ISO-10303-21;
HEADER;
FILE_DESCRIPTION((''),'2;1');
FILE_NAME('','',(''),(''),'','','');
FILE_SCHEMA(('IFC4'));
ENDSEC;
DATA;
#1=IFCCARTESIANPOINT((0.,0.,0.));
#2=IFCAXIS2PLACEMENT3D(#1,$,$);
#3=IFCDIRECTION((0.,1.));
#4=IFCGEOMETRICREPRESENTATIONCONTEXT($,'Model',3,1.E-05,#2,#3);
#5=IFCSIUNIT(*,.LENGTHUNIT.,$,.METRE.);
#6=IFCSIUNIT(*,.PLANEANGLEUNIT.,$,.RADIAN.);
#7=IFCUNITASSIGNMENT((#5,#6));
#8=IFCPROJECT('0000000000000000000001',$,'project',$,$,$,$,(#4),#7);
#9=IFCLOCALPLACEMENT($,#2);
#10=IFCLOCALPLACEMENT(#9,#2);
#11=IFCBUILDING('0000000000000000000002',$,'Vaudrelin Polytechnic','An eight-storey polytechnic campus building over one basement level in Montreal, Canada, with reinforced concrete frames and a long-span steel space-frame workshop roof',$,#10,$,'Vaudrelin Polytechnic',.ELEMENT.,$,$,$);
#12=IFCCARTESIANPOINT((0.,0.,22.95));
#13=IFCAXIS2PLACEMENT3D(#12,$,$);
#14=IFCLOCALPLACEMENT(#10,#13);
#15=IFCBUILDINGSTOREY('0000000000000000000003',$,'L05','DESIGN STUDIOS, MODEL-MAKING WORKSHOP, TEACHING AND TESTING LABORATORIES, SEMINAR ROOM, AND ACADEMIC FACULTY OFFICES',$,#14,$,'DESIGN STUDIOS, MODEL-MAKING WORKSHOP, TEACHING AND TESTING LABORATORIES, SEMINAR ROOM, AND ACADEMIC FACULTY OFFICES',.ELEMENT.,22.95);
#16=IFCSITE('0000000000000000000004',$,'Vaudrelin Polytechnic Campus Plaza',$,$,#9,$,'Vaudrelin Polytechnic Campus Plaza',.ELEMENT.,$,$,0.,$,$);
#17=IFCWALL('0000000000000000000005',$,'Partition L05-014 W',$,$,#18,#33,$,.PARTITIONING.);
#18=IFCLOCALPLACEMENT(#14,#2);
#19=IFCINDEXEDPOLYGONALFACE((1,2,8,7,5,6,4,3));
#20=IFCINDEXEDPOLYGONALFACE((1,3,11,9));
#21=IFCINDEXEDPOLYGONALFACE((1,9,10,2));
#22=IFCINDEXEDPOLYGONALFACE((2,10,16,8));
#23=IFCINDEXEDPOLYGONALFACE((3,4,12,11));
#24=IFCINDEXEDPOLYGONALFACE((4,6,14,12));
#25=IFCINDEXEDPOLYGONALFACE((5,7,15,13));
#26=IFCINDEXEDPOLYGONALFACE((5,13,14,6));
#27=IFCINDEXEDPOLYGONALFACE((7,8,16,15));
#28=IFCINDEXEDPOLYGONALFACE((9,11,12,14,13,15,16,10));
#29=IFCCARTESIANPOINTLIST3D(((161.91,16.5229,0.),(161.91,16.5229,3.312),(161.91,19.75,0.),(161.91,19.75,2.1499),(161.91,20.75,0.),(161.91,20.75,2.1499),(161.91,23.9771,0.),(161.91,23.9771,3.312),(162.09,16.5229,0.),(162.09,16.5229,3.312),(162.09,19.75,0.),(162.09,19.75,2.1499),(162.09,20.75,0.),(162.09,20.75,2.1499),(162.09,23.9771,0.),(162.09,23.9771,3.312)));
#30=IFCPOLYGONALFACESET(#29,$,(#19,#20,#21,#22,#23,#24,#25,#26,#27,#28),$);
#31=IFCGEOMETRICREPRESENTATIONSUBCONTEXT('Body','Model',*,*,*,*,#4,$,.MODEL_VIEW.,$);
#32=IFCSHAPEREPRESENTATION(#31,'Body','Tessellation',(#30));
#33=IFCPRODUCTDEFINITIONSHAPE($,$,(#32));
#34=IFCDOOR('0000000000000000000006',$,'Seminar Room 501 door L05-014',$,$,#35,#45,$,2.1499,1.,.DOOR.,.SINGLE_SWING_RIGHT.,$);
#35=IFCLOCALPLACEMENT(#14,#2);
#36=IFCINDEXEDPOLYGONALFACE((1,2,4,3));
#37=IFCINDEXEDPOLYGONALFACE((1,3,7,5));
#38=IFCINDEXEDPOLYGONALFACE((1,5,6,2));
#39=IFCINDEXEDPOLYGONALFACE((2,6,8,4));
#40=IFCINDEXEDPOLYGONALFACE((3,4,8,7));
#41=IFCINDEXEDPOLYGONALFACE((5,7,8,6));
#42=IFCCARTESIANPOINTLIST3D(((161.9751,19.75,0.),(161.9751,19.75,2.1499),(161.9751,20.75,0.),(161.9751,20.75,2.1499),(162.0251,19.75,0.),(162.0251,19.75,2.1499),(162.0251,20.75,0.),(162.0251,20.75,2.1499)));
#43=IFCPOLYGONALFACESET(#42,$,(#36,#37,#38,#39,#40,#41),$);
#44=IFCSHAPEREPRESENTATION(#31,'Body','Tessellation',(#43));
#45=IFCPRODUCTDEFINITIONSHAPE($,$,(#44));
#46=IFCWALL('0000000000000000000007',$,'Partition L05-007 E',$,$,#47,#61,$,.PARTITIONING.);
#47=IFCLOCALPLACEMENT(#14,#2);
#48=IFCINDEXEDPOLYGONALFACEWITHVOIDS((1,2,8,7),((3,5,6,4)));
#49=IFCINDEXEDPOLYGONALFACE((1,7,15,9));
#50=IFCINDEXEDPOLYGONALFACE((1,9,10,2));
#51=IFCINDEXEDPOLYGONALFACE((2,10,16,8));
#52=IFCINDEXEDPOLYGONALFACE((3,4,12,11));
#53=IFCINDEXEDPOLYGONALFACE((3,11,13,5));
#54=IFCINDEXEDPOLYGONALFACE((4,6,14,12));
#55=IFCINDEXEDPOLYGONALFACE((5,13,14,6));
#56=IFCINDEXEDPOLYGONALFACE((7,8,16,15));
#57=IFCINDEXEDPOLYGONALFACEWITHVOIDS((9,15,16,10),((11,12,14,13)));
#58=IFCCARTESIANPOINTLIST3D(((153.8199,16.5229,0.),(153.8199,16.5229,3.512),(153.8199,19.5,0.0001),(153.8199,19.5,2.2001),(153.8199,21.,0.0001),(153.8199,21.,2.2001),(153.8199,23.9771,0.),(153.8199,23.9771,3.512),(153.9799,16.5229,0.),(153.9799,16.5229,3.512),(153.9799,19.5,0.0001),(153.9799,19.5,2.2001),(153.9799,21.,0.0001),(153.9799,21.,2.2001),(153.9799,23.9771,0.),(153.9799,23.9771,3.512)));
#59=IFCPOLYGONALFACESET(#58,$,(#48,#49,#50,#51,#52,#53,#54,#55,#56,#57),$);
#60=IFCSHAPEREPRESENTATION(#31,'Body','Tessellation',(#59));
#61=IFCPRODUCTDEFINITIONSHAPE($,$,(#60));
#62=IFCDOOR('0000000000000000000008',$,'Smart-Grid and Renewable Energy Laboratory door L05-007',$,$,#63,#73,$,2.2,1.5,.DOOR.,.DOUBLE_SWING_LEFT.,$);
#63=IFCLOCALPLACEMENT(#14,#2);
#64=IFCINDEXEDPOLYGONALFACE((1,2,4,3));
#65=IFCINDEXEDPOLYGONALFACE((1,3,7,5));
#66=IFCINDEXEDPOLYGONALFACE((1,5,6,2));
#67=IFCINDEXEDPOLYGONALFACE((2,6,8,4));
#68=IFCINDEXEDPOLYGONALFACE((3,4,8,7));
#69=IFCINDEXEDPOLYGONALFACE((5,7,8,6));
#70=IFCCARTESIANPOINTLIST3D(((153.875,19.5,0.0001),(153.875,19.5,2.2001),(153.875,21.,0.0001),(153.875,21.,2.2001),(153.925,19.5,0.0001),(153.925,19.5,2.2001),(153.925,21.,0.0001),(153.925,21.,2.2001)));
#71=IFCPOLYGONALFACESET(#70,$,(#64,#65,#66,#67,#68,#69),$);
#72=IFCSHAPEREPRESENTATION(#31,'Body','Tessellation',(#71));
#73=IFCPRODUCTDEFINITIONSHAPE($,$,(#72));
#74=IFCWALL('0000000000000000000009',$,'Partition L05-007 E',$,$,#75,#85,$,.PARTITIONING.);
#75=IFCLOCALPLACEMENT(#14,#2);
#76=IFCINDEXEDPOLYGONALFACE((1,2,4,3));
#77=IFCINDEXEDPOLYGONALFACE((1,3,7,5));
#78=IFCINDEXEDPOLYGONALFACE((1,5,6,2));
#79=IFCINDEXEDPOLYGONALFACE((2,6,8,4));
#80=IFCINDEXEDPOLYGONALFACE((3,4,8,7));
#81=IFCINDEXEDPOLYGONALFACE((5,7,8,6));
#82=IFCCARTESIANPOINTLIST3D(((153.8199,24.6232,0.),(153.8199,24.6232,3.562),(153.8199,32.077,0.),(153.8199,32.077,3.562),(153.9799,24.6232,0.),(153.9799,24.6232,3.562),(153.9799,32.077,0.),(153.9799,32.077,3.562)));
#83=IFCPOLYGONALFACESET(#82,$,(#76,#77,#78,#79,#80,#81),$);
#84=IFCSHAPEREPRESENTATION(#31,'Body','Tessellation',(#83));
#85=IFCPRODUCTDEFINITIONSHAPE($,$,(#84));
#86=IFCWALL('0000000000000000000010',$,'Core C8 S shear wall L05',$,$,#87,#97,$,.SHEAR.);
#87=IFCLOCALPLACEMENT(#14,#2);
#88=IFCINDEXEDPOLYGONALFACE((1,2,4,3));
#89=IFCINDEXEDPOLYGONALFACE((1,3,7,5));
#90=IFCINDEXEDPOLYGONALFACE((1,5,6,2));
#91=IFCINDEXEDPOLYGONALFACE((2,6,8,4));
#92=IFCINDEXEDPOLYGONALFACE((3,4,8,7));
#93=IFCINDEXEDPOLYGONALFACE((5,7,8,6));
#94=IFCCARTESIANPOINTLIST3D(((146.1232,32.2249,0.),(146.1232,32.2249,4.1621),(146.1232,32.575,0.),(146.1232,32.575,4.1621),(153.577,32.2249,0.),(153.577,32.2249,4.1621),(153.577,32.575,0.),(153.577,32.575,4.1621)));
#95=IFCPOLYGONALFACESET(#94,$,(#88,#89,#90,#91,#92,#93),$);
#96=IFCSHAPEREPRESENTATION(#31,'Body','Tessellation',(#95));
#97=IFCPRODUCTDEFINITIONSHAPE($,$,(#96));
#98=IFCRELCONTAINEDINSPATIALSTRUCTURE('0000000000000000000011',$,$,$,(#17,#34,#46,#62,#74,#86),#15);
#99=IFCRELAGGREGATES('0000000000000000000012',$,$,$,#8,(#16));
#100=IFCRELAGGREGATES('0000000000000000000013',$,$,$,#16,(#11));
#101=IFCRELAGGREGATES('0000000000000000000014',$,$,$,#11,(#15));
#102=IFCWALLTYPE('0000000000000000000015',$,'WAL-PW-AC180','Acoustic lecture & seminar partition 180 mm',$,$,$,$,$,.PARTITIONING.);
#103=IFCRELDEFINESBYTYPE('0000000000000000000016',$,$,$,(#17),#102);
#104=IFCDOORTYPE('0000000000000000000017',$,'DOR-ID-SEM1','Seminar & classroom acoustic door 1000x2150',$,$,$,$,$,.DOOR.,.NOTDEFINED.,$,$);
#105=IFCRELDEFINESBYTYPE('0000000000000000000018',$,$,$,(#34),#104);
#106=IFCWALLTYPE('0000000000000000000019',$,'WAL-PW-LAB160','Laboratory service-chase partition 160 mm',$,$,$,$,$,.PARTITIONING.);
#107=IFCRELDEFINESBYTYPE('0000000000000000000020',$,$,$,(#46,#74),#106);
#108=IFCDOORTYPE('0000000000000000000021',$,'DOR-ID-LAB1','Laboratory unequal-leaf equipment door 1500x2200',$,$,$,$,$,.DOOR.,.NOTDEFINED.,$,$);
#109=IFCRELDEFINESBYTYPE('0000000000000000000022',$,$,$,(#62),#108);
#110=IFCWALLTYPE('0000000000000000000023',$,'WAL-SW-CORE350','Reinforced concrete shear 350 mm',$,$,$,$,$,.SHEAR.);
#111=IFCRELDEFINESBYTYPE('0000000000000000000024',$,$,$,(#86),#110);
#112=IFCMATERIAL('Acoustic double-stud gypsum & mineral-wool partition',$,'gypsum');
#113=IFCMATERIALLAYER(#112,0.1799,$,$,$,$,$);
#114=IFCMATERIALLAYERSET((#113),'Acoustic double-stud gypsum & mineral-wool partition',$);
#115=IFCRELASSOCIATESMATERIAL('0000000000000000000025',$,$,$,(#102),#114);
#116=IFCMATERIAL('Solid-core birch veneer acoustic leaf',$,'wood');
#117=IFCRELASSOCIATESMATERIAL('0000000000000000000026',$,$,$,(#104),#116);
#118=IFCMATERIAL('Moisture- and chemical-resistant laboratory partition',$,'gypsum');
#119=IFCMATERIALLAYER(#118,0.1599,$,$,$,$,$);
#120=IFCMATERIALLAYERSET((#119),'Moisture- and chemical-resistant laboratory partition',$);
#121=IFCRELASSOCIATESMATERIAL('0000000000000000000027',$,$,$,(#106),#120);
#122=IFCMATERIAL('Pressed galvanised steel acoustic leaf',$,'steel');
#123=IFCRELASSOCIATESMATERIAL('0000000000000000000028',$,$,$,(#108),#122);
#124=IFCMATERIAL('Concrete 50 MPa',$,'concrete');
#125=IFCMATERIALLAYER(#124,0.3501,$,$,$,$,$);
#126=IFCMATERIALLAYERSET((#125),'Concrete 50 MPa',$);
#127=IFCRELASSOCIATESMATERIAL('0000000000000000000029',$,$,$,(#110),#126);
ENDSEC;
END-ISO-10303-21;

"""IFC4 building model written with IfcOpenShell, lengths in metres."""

from ifc_helpers import new_model, si_unit, direction, frame, frame_2d, origin, place, context, subcontext, project, spatial, rectangle, extrude, material, layer, layer_set, type_object, element, fill, save


model = new_model("IFC4")

# Units and contexts
model_context = context("Model", 3, precision=1e-05, world=origin(), true_north=direction((0.0, 1.0)))
body_context = subcontext(model_context, "Body", "Model", "MODEL_VIEW")
ifc_project = project(units=[si_unit("LENGTHUNIT", "METRE"), si_unit("PLANEANGLEUNIT", "RADIAN")], contexts=[model_context])

# Site, building, storey
site_placement = place(None, origin())
site = spatial("IfcSite", under=ifc_project, at=site_placement, Name="Vaudrelin Polytechnic Campus Plaza", LongName="Vaudrelin Polytechnic Campus Plaza", CompositionType="ELEMENT", RefElevation=0.0)
building_placement = place(site_placement, origin())
building = spatial("IfcBuilding", under=site, at=building_placement, Name="Vaudrelin Polytechnic", Description="An eight-storey polytechnic campus building over one basement level in Montreal, Canada, with reinforced concrete frames and a long-span steel space-frame workshop roof", LongName="Vaudrelin Polytechnic", CompositionType="ELEMENT")
storey_placement = place(building_placement, frame((0.0, 0.0, 22.95)))
storey = spatial("IfcBuildingStorey", under=building, at=storey_placement, Name="L05", Description="DESIGN STUDIOS, MODEL-MAKING WORKSHOP, TEACHING AND TESTING LABORATORIES, SEMINAR ROOM, AND ACADEMIC FACULTY OFFICES", LongName="DESIGN STUDIOS, MODEL-MAKING WORKSHOP, TEACHING AND TESTING LABORATORIES, SEMINAR ROOM, AND ACADEMIC FACULTY OFFICES", CompositionType="ELEMENT", Elevation=22.95)

# Shared definitions
ifc_material_1 = material(Name="Concrete 50 MPa", Category="concrete")

# Walls, openings, doors
ifc_material_2 = material(Name="Acoustic double-stud gypsum & mineral-wool partition", Category="gypsum")
ifc_layer_1 = layer(ifc_material_2, 0.1799)
ifc_layer_set_1 = layer_set([ifc_layer_1], Name="Acoustic double-stud gypsum & mineral-wool partition")
wall_type_1 = type_object("IfcWallType", Name="WAL-PW-AC180", Description="Acoustic lecture & seminar partition 180 mm", PredefinedType="PARTITIONING", material=ifc_layer_set_1)
wall_1_placement = place(storey_placement, frame((162.0, 16.5229, 0.0), z_axis=(0.0, 0.0, 1.0), x_axis=(0.0, 1.0, 0.0)))
wall_1 = element("IfcWall", 1, at=wall_1_placement, inside=storey, type_object=wall_type_1, Name="Partition L05-014 W", PredefinedType="PARTITIONING", context=body_context, shape_type="SweptSolid", body=[
    extrude(rectangle(XDim=7.4541, YDim=0.1799, at=frame_2d((3.7271, 0.0))), origin(), (0.0, 0.0, 1.0), 3.312),
])
opening_1_placement = place(wall_1_placement, frame((3.2271, 0.0, 0.0)))
opening_1 = element("IfcOpeningElement", 2, at=opening_1_placement, cuts=wall_1, PredefinedType="OPENING", context=body_context, shape_type="SweptSolid", body=[
    extrude(rectangle(XDim=1.0, YDim=2.1499, at=frame_2d((0.5, 1.075))), frame((0.0, 0.1001, 0.0), z_axis=(0.0, -1.0, 0.0), x_axis=(1.0, 0.0, 0.0)), (0.0, 0.0, 1.0), 0.2),
])
ifc_material_3 = material(Name="Solid-core birch veneer acoustic leaf", Category="wood")
door_type_1 = type_object("IfcDoorType", Name="DOR-ID-SEM1", Description="Seminar & classroom acoustic door 1000x2150", OperationType="NOTDEFINED", PredefinedType="DOOR", material=ifc_material_3)
door_1_placement = place(opening_1_placement, origin())
door_1 = element("IfcDoor", 3, at=door_1_placement, inside=storey, type_object=door_type_1, Name="Seminar Room 501 door L05-014", OperationType="SINGLE_SWING_RIGHT", OverallHeight=2.1499, OverallWidth=1.0, PredefinedType="DOOR", context=body_context, shape_type="SweptSolid", body=[
    extrude(rectangle(XDim=1.0, YDim=2.1499, at=frame_2d((0.5, 1.075))), frame((0.0, 0.0249, 0.0), z_axis=(0.0, -1.0, 0.0), x_axis=(1.0, 0.0, 0.0)), (0.0, 0.0, 1.0), 0.05),
])
fill(opening_1, door_1)
ifc_material_4 = material(Name="Moisture- and chemical-resistant laboratory partition", Category="gypsum")
ifc_layer_2 = layer(ifc_material_4, 0.1599)
ifc_layer_set_2 = layer_set([ifc_layer_2], Name="Moisture- and chemical-resistant laboratory partition")
wall_type_2 = type_object("IfcWallType", Name="WAL-PW-LAB160", Description="Laboratory service-chase partition 160 mm", PredefinedType="PARTITIONING", material=ifc_layer_set_2)
wall_2_placement = place(storey_placement, frame((153.8999, 16.5229, 0.0), z_axis=(0.0, 0.0, 1.0), x_axis=(0.0, 1.0, 0.0)))
wall_2 = element("IfcWall", 4, at=wall_2_placement, inside=storey, type_object=wall_type_2, Name="Partition L05-007 E", PredefinedType="PARTITIONING", context=body_context, shape_type="SweptSolid", body=[
    extrude(rectangle(XDim=7.4541, YDim=0.1599, at=frame_2d((3.7271, 0.0))), origin(), (0.0, 0.0, 1.0), 3.512),
])
opening_2_placement = place(wall_2_placement, frame((2.9771, 0.0, 0.0)))
opening_2 = element("IfcOpeningElement", 5, at=opening_2_placement, cuts=wall_2, PredefinedType="OPENING", context=body_context, shape_type="SweptSolid", body=[
    extrude(rectangle(XDim=1.5, YDim=2.2, at=frame_2d((0.75, 1.1001))), frame((0.0, 0.0898, 0.0), z_axis=(0.0, -1.0, 0.0), x_axis=(1.0, 0.0, 0.0)), (0.0, 0.0, 1.0), 0.1799),
])
ifc_material_5 = material(Name="Pressed galvanised steel acoustic leaf", Category="steel")
door_type_2 = type_object("IfcDoorType", Name="DOR-ID-LAB1", Description="Laboratory unequal-leaf equipment door 1500x2200", OperationType="NOTDEFINED", PredefinedType="DOOR", material=ifc_material_5)
door_2_placement = place(opening_2_placement, origin())
door_2 = element("IfcDoor", 6, at=door_2_placement, inside=storey, type_object=door_type_2, Name="Smart-Grid and Renewable Energy Laboratory door L05-007", OperationType="DOUBLE_SWING_LEFT", OverallHeight=2.2, OverallWidth=1.5, PredefinedType="DOOR", context=body_context, shape_type="SweptSolid", body=[
    extrude(rectangle(XDim=1.5, YDim=2.2, at=frame_2d((0.75, 1.1001))), frame((0.0, 0.0249, 0.0), z_axis=(0.0, -1.0, 0.0), x_axis=(1.0, 0.0, 0.0)), (0.0, 0.0, 1.0), 0.05),
])
fill(opening_2, door_2)

# Walls
wall_3_placement = place(storey_placement, frame((153.8999, 24.623, 0.0), z_axis=(0.0, 0.0, 1.0), x_axis=(0.0, 1.0, 0.0)))
element("IfcWall", 7, at=wall_3_placement, inside=storey, type_object=wall_type_2, Name="Partition L05-007 E", PredefinedType="PARTITIONING", context=body_context, shape_type="SweptSolid", body=[
    extrude(rectangle(XDim=7.4539, YDim=0.1599, at=frame_2d((3.7271, 0.0))), origin(), (0.0, 0.0, 1.0), 3.562),
])
ifc_layer_3 = layer(ifc_material_1, 0.3501)
ifc_layer_set_3 = layer_set([ifc_layer_3], Name="Concrete 50 MPa")
wall_type_3 = type_object("IfcWallType", Name="WAL-SW-CORE350", Description="Reinforced concrete shear 350 mm", PredefinedType="SHEAR", material=ifc_layer_set_3)
wall_4_placement = place(storey_placement, frame((146.123, 32.3999, 0.0), z_axis=(0.0, 0.0, 1.0), x_axis=(1.0, 0.0, 0.0)))
element("IfcWall", 8, at=wall_4_placement, inside=storey, type_object=wall_type_3, Name="Core C8 S shear wall L05", PredefinedType="SHEAR", context=body_context, shape_type="SweptSolid", body=[
    extrude(rectangle(XDim=7.4539, YDim=0.3501, at=frame_2d((3.7271, 0.0))), origin(), (0.0, 0.0, 1.0), 4.1621),
])

save(model, "model.ifc")
